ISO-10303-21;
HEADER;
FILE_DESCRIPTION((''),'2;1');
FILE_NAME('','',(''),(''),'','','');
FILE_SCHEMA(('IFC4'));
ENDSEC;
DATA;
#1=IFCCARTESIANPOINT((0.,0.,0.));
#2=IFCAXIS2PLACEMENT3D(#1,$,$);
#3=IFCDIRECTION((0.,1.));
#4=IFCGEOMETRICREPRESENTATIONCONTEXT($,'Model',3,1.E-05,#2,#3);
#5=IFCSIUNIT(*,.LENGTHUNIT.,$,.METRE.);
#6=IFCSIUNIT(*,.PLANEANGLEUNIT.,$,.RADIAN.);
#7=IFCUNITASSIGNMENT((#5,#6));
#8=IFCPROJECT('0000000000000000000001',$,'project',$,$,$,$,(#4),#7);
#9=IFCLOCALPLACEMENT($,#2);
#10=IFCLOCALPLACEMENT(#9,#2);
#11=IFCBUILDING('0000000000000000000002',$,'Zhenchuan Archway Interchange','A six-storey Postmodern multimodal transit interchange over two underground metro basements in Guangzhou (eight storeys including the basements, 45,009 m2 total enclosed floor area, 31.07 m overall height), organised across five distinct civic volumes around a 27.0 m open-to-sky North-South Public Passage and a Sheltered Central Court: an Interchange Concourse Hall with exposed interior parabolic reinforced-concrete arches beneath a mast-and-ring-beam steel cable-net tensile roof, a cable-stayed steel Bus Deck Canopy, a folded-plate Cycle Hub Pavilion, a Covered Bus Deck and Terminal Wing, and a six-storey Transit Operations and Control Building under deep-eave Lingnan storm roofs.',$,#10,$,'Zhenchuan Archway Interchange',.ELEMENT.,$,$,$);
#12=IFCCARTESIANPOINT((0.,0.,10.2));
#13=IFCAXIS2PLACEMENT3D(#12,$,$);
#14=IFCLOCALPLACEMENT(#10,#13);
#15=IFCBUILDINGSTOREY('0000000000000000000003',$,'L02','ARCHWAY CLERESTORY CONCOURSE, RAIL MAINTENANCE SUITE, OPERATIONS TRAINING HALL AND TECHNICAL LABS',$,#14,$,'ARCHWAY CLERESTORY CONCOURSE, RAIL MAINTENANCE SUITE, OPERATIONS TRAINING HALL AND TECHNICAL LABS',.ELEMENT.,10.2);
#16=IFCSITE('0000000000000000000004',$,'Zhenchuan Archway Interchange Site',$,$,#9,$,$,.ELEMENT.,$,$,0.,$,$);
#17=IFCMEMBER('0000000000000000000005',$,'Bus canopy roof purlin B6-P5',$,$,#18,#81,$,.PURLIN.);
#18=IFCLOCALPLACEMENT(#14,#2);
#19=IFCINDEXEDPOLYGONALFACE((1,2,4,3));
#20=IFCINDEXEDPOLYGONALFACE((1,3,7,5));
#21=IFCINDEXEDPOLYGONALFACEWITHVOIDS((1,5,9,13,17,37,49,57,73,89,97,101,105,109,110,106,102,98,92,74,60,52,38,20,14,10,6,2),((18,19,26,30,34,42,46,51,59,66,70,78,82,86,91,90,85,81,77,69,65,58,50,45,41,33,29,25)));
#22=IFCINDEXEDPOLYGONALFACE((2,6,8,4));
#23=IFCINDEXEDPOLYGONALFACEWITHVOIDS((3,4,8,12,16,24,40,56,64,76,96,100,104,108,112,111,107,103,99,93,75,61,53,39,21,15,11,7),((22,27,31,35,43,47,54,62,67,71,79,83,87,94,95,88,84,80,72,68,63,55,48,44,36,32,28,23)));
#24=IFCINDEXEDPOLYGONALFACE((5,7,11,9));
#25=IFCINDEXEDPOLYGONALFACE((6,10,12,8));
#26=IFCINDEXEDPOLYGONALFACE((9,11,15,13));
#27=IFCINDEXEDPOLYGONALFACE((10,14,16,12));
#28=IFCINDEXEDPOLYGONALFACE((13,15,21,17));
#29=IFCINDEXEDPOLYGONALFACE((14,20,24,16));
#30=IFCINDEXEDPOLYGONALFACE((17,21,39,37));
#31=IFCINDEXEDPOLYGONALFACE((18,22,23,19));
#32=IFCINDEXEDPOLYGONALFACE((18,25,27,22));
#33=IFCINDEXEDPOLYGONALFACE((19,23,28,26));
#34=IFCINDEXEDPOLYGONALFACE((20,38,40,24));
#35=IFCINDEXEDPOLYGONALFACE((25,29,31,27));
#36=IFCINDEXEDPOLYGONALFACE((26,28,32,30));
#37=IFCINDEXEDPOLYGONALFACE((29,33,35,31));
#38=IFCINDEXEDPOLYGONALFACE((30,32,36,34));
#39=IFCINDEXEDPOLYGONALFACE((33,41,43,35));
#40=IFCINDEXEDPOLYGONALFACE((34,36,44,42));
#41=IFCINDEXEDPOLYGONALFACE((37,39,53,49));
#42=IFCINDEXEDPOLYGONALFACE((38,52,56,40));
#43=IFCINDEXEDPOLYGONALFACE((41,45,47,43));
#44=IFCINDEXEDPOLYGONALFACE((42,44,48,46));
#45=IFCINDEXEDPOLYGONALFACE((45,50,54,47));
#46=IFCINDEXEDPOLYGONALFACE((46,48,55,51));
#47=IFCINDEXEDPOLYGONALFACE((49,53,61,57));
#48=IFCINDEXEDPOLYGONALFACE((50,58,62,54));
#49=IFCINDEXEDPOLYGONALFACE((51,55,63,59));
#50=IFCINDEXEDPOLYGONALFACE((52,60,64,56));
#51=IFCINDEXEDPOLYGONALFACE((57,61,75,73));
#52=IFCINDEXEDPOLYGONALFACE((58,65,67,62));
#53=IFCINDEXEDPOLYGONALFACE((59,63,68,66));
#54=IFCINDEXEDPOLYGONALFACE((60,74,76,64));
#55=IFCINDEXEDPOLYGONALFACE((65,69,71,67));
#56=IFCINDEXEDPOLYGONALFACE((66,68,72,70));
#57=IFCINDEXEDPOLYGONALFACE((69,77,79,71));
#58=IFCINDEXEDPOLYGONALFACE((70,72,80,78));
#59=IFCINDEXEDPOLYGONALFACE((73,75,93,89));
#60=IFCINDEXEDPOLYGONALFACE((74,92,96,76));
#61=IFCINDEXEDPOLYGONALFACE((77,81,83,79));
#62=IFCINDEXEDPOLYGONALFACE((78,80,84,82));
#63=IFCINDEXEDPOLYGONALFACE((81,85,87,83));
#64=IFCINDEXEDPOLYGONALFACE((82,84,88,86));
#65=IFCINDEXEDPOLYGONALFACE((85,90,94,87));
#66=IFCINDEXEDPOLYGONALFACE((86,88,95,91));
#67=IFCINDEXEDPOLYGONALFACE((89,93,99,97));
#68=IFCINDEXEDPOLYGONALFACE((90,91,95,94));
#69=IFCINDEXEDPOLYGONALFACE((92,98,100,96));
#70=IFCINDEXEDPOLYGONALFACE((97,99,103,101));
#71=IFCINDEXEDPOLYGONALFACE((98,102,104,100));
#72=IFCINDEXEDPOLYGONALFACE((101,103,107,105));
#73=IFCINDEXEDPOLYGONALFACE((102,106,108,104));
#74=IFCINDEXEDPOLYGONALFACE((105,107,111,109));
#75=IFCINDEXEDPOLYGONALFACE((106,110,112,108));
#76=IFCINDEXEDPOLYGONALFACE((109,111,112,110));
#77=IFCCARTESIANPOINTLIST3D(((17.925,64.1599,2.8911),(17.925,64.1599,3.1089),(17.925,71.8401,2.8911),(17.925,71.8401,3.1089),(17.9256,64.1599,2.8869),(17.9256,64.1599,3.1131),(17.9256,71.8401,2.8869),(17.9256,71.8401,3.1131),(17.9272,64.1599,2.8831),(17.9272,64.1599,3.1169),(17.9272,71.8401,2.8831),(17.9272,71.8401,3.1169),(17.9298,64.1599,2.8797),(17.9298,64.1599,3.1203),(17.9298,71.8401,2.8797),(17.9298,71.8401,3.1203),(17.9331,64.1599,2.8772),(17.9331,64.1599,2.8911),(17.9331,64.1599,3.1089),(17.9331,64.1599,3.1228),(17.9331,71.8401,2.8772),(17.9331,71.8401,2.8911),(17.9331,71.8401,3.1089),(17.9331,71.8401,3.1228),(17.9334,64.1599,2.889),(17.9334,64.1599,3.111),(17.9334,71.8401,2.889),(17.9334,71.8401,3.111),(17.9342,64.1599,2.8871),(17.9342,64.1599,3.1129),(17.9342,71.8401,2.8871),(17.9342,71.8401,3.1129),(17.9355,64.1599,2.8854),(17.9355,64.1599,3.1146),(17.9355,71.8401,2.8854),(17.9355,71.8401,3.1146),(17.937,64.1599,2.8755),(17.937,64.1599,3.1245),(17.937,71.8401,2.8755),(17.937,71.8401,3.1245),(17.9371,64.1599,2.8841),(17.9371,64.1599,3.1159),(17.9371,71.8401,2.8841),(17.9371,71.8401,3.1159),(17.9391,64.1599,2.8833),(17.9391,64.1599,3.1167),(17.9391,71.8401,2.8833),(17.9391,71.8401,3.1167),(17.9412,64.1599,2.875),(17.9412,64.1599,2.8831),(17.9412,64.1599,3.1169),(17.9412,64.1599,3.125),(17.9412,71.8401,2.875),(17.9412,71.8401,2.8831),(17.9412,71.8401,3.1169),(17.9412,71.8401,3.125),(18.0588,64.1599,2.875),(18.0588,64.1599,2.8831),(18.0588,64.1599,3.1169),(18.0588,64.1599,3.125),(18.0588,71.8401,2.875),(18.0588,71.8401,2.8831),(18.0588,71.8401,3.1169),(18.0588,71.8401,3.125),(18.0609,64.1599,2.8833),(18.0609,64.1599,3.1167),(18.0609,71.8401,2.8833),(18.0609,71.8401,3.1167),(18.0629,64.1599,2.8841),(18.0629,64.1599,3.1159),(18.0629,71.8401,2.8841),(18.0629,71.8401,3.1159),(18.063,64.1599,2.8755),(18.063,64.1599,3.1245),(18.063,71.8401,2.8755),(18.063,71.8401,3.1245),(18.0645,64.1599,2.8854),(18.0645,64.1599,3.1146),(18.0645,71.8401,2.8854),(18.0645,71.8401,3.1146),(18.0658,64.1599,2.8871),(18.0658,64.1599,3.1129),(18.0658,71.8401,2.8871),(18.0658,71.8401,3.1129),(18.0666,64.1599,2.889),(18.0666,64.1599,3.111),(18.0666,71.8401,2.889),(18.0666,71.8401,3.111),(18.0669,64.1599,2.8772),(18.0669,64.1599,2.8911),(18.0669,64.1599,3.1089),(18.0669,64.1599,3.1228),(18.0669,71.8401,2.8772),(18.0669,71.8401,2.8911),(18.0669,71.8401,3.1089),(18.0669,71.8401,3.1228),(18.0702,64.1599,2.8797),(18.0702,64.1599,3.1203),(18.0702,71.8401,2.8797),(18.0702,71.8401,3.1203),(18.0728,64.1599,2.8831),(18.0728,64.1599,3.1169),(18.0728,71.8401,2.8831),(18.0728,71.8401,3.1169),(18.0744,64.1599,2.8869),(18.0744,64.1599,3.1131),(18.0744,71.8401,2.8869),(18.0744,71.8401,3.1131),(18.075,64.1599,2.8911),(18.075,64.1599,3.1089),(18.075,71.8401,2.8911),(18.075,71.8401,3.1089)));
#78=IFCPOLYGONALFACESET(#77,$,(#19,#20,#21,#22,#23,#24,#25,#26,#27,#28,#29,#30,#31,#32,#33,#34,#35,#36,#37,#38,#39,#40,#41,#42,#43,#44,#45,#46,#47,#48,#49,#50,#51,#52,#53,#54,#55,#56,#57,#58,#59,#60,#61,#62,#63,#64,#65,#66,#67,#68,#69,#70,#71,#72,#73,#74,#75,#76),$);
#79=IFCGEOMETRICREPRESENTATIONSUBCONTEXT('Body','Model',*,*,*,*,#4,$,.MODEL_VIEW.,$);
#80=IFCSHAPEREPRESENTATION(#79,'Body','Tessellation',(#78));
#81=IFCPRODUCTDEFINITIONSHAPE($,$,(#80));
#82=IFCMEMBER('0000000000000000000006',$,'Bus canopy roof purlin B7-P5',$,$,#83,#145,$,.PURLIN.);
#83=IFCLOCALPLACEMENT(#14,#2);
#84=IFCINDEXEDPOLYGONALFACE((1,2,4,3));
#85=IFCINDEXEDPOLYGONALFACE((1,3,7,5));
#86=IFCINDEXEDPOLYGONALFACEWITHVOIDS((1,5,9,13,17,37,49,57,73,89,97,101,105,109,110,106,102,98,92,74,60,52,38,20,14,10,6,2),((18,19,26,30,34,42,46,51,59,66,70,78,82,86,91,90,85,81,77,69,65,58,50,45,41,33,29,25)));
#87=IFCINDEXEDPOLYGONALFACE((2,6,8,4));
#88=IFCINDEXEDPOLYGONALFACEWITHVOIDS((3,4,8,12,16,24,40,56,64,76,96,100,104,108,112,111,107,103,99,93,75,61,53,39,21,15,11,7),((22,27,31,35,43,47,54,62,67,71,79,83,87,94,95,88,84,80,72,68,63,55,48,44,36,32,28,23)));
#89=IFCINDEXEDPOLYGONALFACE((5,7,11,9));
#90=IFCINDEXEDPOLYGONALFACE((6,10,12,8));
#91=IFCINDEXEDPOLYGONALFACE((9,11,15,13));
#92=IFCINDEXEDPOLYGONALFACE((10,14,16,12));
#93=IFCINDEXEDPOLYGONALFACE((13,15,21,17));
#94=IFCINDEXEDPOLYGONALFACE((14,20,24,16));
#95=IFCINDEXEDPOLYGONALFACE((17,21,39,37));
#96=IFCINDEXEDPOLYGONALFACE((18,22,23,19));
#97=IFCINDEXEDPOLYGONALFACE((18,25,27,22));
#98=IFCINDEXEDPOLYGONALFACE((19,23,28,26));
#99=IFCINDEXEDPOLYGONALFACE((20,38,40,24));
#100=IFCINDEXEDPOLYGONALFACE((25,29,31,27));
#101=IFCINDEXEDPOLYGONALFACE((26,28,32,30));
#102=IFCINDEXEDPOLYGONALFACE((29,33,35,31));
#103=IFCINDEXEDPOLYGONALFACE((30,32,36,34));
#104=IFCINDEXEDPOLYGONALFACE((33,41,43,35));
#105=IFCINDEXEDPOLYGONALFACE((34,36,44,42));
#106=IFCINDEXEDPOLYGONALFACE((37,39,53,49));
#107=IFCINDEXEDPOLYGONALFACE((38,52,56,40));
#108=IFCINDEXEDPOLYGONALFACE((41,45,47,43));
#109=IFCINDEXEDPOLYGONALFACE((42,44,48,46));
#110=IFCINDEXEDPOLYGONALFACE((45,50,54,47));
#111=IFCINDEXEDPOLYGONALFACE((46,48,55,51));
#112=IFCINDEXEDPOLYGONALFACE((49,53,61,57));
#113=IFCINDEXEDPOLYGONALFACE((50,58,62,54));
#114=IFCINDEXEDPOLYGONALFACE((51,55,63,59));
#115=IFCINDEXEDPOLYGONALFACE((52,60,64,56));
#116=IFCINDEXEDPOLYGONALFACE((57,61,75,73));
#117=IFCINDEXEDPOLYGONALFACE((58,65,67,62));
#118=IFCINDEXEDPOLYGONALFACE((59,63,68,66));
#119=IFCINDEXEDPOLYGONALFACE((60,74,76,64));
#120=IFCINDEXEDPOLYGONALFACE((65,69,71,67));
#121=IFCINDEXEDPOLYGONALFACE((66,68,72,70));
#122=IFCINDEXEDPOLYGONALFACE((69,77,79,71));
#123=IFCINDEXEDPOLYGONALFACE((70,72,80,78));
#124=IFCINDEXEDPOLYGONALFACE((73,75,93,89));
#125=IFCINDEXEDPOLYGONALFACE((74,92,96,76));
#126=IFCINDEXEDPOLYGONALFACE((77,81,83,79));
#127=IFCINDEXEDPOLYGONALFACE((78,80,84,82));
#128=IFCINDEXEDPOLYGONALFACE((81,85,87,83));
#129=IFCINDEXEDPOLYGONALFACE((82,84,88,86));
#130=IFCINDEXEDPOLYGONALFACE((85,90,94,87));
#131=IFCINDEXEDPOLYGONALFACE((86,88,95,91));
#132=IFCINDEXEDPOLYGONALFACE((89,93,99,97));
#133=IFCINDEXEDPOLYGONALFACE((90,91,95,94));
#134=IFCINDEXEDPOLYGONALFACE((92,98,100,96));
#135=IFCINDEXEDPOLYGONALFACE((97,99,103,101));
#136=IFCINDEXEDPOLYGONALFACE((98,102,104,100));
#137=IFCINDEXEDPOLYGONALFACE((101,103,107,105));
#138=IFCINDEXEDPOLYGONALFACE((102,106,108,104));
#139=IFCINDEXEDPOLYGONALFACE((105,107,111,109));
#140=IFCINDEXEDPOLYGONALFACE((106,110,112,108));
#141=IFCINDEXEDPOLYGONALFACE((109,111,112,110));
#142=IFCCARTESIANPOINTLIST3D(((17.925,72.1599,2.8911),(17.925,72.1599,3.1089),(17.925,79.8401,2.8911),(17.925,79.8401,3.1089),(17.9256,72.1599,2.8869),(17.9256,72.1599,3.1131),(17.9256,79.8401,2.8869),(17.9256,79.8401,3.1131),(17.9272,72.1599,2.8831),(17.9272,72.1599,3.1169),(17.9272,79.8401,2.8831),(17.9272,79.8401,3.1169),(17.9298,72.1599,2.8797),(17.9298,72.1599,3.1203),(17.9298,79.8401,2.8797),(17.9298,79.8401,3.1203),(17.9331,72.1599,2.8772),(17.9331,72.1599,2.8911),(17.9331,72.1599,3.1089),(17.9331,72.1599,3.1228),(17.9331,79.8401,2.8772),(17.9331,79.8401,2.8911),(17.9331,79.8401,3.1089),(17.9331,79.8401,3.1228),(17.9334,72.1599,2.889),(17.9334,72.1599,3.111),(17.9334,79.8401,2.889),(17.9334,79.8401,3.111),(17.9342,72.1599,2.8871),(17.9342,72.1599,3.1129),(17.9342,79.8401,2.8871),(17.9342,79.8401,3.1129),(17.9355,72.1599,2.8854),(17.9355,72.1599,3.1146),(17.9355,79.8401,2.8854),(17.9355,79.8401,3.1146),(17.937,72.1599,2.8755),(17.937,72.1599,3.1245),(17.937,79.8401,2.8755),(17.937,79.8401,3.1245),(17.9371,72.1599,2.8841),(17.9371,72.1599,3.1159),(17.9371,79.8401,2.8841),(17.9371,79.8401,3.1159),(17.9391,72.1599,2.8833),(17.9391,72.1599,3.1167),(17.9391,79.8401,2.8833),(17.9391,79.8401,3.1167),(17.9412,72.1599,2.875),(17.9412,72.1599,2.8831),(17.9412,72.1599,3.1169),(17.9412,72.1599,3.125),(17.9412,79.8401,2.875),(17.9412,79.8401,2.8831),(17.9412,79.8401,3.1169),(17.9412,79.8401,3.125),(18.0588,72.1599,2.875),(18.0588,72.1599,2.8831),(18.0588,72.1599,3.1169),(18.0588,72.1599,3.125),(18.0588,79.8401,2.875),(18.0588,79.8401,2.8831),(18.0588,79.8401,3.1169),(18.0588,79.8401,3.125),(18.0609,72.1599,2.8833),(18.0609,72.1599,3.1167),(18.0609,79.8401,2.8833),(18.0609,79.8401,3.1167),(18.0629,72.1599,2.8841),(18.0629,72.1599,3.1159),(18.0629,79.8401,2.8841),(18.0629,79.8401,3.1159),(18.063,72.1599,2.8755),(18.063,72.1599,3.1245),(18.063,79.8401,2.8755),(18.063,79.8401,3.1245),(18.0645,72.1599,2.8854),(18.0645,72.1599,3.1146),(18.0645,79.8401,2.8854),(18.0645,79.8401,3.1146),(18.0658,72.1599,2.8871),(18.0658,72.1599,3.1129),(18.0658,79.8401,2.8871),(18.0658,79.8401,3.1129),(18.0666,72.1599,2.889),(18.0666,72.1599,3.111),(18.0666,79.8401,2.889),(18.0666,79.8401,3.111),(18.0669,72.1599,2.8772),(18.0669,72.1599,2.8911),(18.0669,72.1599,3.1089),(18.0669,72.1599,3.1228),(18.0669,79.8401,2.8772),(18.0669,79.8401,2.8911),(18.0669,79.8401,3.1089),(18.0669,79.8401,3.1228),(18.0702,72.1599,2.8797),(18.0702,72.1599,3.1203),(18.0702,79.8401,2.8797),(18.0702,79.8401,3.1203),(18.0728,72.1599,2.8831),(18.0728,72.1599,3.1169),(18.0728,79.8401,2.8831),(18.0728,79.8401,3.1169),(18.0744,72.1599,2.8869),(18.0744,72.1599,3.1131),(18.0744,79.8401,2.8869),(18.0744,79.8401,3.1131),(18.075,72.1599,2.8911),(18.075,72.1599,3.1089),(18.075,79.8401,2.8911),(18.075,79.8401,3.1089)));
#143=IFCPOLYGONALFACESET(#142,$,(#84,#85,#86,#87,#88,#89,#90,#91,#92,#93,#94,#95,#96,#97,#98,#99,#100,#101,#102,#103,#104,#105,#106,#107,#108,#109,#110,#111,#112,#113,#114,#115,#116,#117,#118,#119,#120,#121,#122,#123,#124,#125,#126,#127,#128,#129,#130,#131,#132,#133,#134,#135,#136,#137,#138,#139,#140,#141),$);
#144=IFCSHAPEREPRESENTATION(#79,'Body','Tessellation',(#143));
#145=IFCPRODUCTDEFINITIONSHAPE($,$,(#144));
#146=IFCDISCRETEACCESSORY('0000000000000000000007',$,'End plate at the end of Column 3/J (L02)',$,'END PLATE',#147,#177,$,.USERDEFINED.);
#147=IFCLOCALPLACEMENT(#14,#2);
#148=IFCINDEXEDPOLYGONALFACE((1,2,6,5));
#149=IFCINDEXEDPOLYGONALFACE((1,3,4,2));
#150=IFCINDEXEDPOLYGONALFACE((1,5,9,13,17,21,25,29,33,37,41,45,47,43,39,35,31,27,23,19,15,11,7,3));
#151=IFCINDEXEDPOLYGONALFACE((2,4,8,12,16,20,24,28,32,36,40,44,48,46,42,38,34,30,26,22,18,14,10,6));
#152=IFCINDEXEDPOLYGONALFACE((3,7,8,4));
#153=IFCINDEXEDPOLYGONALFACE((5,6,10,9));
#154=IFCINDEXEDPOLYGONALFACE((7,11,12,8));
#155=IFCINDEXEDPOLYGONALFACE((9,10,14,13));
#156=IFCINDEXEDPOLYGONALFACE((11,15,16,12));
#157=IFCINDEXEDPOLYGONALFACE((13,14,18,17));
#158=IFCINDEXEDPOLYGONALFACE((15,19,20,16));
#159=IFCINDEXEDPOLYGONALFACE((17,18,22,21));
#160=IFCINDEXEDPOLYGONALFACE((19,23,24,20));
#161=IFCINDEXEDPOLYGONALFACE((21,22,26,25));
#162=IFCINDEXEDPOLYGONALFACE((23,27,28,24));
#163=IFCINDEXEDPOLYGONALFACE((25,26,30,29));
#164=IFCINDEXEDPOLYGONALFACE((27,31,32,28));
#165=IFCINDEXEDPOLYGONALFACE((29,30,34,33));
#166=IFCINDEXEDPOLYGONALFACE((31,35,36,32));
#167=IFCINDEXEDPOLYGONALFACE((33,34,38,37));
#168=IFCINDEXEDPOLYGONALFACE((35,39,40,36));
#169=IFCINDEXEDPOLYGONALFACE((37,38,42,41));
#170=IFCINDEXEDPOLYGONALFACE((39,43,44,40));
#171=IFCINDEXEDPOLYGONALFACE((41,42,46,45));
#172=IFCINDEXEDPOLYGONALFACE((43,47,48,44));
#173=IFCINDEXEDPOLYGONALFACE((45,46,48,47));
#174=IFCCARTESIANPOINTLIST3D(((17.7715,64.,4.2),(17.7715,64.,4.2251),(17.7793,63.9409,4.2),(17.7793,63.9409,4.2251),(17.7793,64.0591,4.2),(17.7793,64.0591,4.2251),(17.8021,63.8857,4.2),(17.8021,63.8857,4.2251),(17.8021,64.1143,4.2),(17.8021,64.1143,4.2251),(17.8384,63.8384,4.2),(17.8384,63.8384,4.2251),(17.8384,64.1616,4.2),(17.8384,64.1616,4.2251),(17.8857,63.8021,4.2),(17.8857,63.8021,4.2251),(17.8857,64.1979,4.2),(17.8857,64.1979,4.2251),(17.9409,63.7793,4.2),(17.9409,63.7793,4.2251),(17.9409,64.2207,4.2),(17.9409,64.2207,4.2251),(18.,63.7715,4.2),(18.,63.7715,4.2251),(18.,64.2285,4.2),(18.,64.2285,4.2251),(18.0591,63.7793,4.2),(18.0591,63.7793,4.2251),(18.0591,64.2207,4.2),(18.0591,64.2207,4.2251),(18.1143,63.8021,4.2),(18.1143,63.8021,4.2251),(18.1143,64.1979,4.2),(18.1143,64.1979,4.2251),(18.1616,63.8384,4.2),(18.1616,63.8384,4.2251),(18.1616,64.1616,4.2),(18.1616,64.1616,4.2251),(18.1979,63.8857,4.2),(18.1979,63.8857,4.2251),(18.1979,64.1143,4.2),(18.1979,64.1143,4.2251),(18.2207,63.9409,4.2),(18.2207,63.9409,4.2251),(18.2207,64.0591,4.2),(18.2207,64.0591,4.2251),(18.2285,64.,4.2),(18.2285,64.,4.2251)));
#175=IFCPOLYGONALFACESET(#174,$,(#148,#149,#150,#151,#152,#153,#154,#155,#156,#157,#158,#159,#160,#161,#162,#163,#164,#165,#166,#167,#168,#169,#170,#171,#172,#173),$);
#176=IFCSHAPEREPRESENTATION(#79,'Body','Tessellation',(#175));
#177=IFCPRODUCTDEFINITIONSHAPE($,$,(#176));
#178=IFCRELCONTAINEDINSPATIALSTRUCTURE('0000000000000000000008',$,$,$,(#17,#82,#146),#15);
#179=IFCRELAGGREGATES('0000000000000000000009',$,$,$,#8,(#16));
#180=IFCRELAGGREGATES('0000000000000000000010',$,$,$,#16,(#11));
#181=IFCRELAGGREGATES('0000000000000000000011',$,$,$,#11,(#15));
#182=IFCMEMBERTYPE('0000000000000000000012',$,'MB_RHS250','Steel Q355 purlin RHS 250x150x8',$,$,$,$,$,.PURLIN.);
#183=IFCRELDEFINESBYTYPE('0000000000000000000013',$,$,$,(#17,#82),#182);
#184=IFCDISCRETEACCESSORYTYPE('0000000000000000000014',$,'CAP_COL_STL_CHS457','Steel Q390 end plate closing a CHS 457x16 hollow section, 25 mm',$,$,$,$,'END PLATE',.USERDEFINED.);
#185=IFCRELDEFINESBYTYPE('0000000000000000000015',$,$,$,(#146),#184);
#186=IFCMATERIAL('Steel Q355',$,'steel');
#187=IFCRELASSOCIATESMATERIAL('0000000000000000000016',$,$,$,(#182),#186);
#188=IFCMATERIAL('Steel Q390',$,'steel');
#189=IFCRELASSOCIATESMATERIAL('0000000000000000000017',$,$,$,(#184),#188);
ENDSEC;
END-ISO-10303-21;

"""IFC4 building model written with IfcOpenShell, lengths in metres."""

from ifc_helpers import new_model, si_unit, direction, frame, origin, origin_2d, place, context, subcontext, project, spatial, hollow_rectangle, circle, extrude, material, material_profile, profile_set, type_object, element, save


model = new_model("IFC4")

# Units and contexts
model_context = context("Model", 3, precision=1e-05, world=origin(), true_north=direction((0.0, 1.0)))
body_context = subcontext(model_context, "Body", "Model", "MODEL_VIEW")
ifc_project = project(units=[si_unit("LENGTHUNIT", "METRE"), si_unit("PLANEANGLEUNIT", "RADIAN")], contexts=[model_context])

# Site, building, storey
site_placement = place(None, origin())
site = spatial("IfcSite", under=ifc_project, at=site_placement, Name="Zhenchuan Archway Interchange Site", CompositionType="ELEMENT", RefElevation=0.0)
building_placement = place(site_placement, origin())
building = spatial("IfcBuilding", under=site, at=building_placement, Name="Zhenchuan Archway Interchange", Description="A six-storey Postmodern multimodal transit interchange over two underground metro basements in Guangzhou (eight storeys including the basements, 45,009 m2 total enclosed floor area, 31.07 m overall height), organised across five distinct civic volumes around a 27.0 m open-to-sky North-South Public Passage and a Sheltered Central Court: an Interchange Concourse Hall with exposed interior parabolic reinforced-concrete arches beneath a mast-and-ring-beam steel cable-net tensile roof, a cable-stayed steel Bus Deck Canopy, a folded-plate Cycle Hub Pavilion, a Covered Bus Deck and Terminal Wing, and a six-storey Transit Operations and Control Building under deep-eave Lingnan storm roofs.", LongName="Zhenchuan Archway Interchange", CompositionType="ELEMENT")
storey_placement = place(building_placement, frame((0.0, 0.0, 10.2)))
storey = spatial("IfcBuildingStorey", under=building, at=storey_placement, Name="L02", Description="ARCHWAY CLERESTORY CONCOURSE, RAIL MAINTENANCE SUITE, OPERATIONS TRAINING HALL AND TECHNICAL LABS", LongName="ARCHWAY CLERESTORY CONCOURSE, RAIL MAINTENANCE SUITE, OPERATIONS TRAINING HALL AND TECHNICAL LABS", CompositionType="ELEMENT", Elevation=10.2)

# Shared definitions
ifc_material_1 = material(Name="Steel Q390", Category="steel")

# Shared definitions
ifc_material_2 = material(Name="Steel Q355", Category="steel")

# Members
ifc_material_profile_1 = material_profile(ifc_material_2, hollow_rectangle(XDim=0.1499, YDim=0.25, WallThickness=0.0081, InnerFilletRadius=0.0081, OuterFilletRadius=0.0161, at=origin_2d()), Name="RHS 250x150x8")
ifc_profile_set_1 = profile_set([ifc_material_profile_1], Name="Steel Q355")
member_type_1 = type_object("IfcMemberType", Name="MB_RHS250", Description="Steel Q355 purlin RHS 250x150x8", PredefinedType="PURLIN", material=ifc_profile_set_1)
for number, where, z_axis, x_axis, name in (
    (1, (18.0, 64.1599, 3.0), (0.0, 1.0, 0.0), (-1.0, 0.0, 0.0), "Bus canopy roof purlin B6-P5"),
    (2, (18.0, 72.1599, 3.0), (0.0, 1.0, 0.0), (-1.0, 0.0, 0.0), "Bus canopy roof purlin B7-P5"),
):
    element("IfcMember", number, at=place(storey_placement, frame(where, z_axis=z_axis, x_axis=x_axis)), inside=storey, type_object=member_type_1, Name=name, PredefinedType="PURLIN", context=body_context, shape_type="SweptSolid", body=[
        extrude(hollow_rectangle(XDim=0.1499, YDim=0.25, WallThickness=0.0081, InnerFilletRadius=0.0081, OuterFilletRadius=0.0161, at=origin_2d()), origin(), (0.0, 0.0, 1.0), 7.6802),
    ])

# Discrete accessory
discrete_accessory_type = type_object("IfcDiscreteAccessoryType", Name="CAP_COL_STL_CHS457", Description="Steel Q390 end plate closing a CHS 457x16 hollow section, 25 mm", ElementType="END PLATE", PredefinedType="USERDEFINED", material=ifc_material_1)
discrete_accessory_placement = place(storey_placement, frame((18.0, 64.0, 4.2), z_axis=(0.0, 0.0, 1.0), x_axis=(1.0, 0.0, 0.0)))
element("IfcDiscreteAccessory", 3, at=discrete_accessory_placement, inside=storey, type_object=discrete_accessory_type, Name="End plate at the end of Column 3/J (L02)", ObjectType="END PLATE", PredefinedType="USERDEFINED", context=body_context, shape_type="SweptSolid", body=[
    extrude(circle(Radius=0.2285, at=origin_2d()), origin(), (0.0, 0.0, 1.0), 0.0251),
])

save(model, "model.ifc")
